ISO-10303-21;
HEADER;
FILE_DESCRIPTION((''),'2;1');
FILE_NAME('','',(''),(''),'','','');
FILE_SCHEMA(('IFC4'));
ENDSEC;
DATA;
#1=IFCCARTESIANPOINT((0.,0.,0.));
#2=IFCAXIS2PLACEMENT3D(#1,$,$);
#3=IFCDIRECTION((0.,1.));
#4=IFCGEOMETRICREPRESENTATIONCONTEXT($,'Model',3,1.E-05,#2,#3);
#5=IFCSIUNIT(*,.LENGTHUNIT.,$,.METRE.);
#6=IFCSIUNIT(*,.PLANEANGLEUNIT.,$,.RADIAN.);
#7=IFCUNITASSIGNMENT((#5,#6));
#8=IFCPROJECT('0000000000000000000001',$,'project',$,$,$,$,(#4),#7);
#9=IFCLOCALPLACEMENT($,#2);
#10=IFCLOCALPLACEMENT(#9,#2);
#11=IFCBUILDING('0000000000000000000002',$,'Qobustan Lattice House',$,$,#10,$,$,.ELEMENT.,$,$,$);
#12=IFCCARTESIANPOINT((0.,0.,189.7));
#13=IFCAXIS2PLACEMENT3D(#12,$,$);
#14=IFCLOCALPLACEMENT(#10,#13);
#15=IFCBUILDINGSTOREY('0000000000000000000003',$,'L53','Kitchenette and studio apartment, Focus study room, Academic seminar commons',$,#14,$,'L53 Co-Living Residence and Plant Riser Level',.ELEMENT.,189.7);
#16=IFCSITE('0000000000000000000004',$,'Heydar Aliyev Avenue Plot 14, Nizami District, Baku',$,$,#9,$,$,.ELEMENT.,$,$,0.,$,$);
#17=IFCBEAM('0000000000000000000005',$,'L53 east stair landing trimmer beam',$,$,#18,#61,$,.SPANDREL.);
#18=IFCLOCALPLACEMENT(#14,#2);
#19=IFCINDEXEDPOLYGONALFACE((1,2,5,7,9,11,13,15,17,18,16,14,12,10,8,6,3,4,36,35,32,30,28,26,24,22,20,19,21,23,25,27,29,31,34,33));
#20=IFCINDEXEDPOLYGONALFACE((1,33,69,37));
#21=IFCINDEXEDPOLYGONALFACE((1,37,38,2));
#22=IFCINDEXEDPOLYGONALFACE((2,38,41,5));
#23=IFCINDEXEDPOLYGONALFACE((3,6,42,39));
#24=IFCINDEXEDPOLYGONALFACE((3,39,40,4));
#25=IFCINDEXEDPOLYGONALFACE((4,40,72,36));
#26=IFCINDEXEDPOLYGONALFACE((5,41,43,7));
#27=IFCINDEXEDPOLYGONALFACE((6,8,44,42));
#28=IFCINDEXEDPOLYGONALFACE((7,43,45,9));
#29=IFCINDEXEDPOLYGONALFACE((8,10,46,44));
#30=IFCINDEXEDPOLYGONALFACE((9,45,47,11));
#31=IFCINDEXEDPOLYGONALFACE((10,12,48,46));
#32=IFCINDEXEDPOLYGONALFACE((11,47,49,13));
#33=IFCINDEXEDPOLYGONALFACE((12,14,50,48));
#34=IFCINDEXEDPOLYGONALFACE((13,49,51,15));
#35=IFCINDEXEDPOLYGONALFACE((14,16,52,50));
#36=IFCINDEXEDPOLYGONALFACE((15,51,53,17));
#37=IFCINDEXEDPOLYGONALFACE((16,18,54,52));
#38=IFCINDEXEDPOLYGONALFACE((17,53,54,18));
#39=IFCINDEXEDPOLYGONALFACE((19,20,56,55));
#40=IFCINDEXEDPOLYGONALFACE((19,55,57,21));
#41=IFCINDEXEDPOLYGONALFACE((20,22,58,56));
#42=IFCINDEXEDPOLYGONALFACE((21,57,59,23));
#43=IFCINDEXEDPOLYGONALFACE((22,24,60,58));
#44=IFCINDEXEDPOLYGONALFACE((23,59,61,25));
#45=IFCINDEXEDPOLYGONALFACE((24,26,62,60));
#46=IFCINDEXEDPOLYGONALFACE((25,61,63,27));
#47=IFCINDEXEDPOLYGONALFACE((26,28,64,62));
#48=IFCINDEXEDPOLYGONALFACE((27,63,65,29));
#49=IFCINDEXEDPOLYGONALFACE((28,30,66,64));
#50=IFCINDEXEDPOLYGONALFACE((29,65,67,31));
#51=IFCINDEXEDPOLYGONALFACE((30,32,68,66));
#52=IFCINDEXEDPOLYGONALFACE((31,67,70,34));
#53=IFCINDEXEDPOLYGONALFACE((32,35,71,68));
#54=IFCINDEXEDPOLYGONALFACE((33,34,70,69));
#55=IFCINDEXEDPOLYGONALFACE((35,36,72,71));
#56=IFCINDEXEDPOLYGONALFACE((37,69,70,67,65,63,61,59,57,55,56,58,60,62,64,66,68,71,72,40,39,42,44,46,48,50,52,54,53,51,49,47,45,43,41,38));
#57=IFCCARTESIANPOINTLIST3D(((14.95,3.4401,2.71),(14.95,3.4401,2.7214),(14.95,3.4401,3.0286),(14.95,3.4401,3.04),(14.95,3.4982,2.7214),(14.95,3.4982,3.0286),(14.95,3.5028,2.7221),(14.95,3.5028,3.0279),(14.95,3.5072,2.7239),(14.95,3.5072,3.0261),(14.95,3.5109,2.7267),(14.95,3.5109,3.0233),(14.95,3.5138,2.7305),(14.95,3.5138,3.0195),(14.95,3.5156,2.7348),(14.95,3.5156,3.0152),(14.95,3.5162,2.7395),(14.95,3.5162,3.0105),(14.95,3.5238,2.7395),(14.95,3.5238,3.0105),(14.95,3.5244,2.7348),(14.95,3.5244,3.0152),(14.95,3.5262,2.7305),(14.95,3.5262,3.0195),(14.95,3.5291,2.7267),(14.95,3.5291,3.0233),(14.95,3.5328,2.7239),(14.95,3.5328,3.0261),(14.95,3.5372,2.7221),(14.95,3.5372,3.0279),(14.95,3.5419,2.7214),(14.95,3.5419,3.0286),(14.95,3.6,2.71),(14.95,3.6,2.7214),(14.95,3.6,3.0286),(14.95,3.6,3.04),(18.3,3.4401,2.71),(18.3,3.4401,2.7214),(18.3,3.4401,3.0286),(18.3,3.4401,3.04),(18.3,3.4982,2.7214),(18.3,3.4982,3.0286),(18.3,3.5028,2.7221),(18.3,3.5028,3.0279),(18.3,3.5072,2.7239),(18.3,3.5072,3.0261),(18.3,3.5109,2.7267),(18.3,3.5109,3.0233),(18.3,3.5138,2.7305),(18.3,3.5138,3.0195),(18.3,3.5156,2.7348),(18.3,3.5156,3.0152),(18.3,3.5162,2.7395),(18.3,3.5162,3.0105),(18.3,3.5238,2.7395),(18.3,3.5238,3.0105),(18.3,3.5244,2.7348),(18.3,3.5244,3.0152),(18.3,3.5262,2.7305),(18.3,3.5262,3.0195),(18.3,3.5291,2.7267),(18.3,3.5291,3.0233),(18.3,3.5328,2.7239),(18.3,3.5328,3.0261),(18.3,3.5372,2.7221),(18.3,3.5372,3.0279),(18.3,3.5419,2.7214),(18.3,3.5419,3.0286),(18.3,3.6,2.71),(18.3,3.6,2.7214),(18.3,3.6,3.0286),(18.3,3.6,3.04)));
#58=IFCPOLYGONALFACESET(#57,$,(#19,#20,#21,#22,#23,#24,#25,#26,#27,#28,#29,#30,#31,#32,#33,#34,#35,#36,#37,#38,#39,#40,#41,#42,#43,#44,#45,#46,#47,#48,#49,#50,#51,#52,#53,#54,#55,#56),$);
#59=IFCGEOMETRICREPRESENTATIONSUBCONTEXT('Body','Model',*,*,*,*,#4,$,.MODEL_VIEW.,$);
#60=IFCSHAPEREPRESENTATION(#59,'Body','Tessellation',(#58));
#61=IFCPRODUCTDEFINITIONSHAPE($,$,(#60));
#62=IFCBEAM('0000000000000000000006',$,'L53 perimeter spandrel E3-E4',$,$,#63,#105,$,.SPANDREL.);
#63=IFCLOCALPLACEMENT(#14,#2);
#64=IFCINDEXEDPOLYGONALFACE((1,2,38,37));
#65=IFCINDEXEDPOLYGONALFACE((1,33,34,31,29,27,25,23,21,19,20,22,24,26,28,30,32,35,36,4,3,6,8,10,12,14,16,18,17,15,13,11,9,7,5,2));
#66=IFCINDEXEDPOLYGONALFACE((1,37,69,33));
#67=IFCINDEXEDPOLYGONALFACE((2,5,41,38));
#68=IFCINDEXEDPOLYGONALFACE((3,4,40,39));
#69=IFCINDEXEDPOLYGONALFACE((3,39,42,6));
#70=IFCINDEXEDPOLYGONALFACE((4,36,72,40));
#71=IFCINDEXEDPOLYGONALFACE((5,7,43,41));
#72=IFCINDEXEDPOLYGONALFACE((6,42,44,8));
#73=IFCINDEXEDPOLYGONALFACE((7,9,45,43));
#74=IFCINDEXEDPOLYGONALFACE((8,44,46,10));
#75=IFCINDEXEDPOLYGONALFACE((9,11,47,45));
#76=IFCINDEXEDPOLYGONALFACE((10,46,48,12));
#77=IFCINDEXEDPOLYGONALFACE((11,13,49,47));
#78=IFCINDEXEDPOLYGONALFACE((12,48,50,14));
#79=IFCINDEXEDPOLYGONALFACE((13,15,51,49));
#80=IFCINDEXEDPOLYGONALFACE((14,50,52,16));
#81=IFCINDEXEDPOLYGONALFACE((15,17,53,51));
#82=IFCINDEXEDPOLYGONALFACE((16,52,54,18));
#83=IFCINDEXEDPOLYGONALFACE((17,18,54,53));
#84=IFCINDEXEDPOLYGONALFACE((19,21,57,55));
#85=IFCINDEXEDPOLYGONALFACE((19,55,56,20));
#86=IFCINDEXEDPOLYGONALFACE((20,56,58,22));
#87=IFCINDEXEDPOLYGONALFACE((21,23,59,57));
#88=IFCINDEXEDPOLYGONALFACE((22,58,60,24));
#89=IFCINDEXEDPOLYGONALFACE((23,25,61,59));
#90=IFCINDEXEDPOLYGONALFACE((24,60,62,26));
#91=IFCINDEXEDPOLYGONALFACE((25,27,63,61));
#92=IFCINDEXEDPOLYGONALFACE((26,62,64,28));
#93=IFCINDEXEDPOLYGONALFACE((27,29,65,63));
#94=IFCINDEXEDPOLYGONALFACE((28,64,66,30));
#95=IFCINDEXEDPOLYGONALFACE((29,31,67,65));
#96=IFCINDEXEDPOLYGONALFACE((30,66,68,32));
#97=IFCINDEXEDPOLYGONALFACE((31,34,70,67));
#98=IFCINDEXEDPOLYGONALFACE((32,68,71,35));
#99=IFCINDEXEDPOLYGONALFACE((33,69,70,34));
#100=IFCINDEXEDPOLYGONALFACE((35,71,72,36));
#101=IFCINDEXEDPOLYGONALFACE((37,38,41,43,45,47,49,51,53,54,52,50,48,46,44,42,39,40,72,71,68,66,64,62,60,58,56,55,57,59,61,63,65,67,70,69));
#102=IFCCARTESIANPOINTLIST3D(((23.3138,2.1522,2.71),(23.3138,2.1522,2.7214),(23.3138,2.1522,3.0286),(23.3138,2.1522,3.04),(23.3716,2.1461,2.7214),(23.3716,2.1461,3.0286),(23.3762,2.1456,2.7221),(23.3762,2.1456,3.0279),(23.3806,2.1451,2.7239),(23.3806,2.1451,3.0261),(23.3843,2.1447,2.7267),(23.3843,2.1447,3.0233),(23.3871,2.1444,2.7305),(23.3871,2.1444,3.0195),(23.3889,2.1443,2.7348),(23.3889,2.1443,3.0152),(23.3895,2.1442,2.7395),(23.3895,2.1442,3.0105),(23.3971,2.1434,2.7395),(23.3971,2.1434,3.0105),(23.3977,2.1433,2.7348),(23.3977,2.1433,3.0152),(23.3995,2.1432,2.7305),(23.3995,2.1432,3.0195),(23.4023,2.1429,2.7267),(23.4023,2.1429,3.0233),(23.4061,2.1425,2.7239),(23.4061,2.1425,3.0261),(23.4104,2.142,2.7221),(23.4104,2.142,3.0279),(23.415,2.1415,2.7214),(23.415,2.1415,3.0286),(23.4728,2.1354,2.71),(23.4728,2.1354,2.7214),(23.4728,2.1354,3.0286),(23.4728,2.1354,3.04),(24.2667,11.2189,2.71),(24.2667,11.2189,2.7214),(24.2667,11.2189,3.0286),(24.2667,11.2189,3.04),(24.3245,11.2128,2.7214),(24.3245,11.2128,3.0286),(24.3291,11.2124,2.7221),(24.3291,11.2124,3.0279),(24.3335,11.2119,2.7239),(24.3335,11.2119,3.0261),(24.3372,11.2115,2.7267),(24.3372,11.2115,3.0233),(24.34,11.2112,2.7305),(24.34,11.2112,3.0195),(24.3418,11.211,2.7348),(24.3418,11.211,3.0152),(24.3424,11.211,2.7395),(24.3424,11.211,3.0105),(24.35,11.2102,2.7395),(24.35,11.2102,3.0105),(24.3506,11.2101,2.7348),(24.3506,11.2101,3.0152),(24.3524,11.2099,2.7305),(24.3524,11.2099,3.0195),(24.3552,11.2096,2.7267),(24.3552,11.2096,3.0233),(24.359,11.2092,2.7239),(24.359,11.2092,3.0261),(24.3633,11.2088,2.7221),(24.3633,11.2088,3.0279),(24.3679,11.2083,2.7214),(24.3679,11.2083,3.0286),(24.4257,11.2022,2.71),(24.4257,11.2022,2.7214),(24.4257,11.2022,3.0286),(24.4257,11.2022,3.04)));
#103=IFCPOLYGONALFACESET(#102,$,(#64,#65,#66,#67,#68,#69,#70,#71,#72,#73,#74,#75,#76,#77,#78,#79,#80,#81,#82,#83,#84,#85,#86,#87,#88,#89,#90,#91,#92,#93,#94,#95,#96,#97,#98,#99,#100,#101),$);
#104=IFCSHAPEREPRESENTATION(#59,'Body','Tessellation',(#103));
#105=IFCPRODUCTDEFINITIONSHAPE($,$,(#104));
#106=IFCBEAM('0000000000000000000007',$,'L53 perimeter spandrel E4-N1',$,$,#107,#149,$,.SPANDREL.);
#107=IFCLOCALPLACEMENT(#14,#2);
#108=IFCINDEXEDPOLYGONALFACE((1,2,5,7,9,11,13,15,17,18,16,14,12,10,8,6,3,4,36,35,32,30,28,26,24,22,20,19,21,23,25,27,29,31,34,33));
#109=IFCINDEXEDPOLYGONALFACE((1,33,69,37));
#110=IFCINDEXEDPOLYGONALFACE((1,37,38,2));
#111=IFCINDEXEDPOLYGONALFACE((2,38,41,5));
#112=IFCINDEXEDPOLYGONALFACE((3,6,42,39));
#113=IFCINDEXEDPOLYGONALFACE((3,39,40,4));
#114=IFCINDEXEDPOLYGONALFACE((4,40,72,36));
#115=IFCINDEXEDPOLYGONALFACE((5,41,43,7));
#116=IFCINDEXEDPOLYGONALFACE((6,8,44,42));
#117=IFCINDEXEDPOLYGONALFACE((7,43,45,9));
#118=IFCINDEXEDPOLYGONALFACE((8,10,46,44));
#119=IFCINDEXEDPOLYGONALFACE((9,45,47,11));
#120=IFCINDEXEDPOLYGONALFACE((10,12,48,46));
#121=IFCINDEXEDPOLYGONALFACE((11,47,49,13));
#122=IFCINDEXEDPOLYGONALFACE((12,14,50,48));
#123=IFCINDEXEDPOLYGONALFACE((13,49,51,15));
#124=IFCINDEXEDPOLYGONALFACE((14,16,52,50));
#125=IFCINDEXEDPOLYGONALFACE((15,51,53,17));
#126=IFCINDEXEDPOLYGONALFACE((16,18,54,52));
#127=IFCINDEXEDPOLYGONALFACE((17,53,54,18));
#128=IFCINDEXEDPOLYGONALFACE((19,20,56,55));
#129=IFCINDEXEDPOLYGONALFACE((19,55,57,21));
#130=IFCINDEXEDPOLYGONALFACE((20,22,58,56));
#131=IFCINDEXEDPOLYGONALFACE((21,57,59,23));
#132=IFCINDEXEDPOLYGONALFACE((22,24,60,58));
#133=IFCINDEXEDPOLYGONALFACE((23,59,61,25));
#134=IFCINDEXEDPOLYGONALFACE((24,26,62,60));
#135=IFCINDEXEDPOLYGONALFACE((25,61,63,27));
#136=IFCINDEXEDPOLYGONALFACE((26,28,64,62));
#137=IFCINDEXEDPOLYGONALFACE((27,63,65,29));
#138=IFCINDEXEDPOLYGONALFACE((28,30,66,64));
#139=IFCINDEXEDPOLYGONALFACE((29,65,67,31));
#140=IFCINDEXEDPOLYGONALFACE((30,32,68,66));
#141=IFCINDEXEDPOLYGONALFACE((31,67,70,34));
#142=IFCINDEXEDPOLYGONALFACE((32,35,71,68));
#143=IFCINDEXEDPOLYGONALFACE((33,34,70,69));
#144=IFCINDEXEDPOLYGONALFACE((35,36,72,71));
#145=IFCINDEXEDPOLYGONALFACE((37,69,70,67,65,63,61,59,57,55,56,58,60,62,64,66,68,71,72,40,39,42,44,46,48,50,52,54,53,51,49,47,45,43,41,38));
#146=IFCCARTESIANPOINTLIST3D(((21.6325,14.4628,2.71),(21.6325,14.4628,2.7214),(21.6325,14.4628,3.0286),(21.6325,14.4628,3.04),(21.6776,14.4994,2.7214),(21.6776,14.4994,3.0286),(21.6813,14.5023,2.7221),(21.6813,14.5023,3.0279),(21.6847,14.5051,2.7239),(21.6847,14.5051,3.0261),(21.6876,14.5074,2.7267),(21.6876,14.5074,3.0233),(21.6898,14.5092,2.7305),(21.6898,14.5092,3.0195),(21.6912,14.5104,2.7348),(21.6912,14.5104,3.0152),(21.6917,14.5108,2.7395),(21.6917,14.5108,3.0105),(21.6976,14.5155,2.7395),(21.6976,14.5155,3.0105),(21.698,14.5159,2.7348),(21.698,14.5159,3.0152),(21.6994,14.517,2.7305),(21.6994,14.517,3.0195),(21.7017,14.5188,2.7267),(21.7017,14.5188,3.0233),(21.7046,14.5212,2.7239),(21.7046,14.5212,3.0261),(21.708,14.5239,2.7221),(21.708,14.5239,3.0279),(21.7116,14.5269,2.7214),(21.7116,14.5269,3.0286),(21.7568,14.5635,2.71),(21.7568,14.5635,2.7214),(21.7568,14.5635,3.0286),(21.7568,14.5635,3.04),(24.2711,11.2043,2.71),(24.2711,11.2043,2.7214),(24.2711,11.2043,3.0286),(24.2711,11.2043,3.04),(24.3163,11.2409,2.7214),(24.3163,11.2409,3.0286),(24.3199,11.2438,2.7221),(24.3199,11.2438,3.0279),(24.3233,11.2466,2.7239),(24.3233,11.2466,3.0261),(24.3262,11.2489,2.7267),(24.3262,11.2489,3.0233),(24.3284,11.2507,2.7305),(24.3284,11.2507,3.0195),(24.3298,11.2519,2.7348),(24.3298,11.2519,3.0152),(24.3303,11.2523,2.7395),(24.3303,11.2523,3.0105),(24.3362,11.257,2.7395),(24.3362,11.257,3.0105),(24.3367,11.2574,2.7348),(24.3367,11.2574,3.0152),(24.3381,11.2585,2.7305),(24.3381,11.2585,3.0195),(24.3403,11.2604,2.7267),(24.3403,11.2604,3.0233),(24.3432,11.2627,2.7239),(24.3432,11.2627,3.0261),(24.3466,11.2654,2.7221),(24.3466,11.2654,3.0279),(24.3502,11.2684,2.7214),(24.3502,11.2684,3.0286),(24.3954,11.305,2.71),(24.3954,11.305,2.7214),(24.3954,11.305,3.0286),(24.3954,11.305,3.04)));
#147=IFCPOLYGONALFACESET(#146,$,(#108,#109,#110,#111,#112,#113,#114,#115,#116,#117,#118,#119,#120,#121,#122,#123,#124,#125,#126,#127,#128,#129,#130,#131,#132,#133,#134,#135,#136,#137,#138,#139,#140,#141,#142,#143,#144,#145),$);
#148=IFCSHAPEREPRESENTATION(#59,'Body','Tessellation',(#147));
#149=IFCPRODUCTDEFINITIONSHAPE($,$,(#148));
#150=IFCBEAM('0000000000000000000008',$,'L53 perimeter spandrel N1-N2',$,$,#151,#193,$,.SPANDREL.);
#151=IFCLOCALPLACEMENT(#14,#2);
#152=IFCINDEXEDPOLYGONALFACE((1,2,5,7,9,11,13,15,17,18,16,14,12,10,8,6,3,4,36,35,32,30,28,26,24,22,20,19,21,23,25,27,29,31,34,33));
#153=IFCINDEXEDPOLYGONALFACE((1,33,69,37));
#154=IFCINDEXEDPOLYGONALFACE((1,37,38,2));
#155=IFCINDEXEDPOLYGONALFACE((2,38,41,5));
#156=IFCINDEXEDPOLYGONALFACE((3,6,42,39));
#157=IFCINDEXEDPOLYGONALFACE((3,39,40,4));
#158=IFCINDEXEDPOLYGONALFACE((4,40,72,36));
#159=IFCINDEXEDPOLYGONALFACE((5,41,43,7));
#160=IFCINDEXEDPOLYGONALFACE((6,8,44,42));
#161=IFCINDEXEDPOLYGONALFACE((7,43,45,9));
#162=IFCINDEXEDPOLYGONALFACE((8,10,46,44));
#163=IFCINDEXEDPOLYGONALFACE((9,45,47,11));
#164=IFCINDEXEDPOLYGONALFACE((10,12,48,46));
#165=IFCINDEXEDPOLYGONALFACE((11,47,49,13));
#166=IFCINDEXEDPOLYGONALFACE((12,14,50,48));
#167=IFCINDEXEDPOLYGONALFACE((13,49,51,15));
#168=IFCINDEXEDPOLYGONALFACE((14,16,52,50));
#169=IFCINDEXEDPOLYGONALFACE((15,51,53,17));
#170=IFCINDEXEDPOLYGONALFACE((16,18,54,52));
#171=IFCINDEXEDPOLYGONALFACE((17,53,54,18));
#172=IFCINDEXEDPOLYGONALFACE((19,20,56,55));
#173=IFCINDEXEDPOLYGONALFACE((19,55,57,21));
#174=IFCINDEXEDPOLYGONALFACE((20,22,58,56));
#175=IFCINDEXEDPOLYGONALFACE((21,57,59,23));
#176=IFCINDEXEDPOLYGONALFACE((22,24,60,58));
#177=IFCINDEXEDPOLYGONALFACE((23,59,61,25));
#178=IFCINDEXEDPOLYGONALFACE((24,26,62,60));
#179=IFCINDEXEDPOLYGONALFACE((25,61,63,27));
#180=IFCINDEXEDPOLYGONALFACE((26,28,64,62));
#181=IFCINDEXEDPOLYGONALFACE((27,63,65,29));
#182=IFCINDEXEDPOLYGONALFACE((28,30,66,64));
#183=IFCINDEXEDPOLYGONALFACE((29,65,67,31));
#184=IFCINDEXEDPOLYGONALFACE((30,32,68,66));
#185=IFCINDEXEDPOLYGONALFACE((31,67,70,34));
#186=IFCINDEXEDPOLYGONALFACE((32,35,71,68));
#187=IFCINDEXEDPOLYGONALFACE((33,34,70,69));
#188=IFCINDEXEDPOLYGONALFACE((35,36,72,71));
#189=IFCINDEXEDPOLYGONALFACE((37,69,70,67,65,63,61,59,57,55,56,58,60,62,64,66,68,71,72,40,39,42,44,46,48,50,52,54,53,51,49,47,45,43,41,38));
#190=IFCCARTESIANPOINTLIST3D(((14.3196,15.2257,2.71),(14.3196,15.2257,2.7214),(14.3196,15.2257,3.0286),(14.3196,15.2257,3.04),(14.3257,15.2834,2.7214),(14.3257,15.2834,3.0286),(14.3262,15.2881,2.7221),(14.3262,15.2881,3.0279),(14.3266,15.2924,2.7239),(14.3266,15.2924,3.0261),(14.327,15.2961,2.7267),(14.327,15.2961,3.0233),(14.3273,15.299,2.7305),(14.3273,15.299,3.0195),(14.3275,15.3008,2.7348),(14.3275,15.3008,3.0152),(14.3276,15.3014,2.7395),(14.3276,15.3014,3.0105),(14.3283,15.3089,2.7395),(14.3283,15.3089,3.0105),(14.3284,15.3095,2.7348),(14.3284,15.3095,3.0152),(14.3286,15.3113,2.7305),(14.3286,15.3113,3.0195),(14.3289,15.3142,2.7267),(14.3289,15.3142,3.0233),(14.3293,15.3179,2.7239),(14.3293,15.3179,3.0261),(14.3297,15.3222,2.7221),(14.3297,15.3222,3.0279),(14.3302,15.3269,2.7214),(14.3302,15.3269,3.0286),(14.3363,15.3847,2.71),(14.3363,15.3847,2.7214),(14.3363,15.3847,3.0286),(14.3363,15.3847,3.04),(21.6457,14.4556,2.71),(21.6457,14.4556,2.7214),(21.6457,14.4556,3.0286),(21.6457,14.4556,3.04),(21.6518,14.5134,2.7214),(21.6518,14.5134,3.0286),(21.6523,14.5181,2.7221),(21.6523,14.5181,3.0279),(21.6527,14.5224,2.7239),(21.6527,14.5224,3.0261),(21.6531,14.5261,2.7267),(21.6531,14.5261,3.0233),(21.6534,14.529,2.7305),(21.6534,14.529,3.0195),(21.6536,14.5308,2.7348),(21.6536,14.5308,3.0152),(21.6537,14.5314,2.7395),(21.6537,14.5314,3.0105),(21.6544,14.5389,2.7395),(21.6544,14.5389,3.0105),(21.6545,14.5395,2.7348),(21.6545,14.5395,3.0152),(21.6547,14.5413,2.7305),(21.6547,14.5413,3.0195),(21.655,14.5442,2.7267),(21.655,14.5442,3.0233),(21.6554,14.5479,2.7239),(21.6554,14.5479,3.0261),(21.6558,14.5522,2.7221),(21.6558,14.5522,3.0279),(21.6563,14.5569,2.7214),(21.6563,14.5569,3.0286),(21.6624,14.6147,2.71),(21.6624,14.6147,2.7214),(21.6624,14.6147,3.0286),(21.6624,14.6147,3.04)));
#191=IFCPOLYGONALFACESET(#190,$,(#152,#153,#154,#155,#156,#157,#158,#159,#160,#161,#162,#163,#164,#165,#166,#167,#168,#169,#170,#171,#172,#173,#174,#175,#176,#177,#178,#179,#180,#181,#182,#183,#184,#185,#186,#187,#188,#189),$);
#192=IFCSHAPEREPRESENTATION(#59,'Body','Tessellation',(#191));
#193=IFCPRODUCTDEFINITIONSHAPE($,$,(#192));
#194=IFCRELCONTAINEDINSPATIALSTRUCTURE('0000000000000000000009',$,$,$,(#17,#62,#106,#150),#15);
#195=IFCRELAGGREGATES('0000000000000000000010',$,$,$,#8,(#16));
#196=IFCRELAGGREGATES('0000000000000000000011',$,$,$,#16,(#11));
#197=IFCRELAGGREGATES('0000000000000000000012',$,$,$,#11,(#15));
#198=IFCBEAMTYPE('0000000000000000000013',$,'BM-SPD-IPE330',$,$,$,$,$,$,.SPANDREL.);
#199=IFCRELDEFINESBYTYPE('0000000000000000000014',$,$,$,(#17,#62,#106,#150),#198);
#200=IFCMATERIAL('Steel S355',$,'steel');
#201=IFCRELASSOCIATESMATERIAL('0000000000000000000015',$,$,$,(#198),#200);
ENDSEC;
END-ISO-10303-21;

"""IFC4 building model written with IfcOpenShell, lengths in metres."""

from ifc_helpers import new_model, si_unit, direction, frame, origin, origin_2d, place, context, subcontext, project, spatial, i_section, extrude, material, material_profile, profile_set, type_object, element, save


model = new_model("IFC4")

# Units and contexts
model_context = context("Model", 3, precision=1e-05, world=origin(), true_north=direction((0.0, 1.0)))
body_context = subcontext(model_context, "Body", "Model", "MODEL_VIEW")
ifc_project = project(units=[si_unit("LENGTHUNIT", "METRE"), si_unit("PLANEANGLEUNIT", "RADIAN")], contexts=[model_context])

# Site, building, storey
site_placement = place(None, origin())
site = spatial("IfcSite", under=ifc_project, at=site_placement, Name="Heydar Aliyev Avenue Plot 14, Nizami District, Baku", CompositionType="ELEMENT", RefElevation=0.0)
building_placement = place(site_placement, origin())
building = spatial("IfcBuilding", under=site, at=building_placement, Name="Qobustan Lattice House", CompositionType="ELEMENT")
storey_placement = place(building_placement, frame((0.0, 0.0, 189.7)))
storey = spatial("IfcBuildingStorey", under=building, at=storey_placement, Name="L53", Description="Kitchenette and studio apartment, Focus study room, Academic seminar commons", LongName="L53 Co-Living Residence and Plant Riser Level", CompositionType="ELEMENT", Elevation=189.7)

# Beams
ifc_material_1 = material(Name="Steel S355", Category="steel")
ifc_material_profile_1 = material_profile(ifc_material_1, i_section(OverallWidth=0.1599, OverallDepth=0.3301, WebThickness=0.0076, FlangeThickness=0.0115, FilletRadius=0.0181, at=origin_2d()), Name="IPE330")
ifc_profile_set_1 = profile_set([ifc_material_profile_1], Name="Steel S355")
beam_type_1 = type_object("IfcBeamType", Name="BM-SPD-IPE330", PredefinedType="SPANDREL", material=ifc_profile_set_1)
beam_1_placement = place(storey_placement, frame((14.95, 3.52, 2.875), z_axis=(1.0, 0.0, 0.0), x_axis=(0.0, 1.0, 0.0)))
element("IfcBeam", 1, at=beam_1_placement, inside=storey, type_object=beam_type_1, Name="L53 east stair landing trimmer beam", PredefinedType="SPANDREL", context=body_context, shape_type="SweptSolid", body=[
    extrude(i_section(OverallWidth=0.1599, OverallDepth=0.3301, WebThickness=0.0076, FlangeThickness=0.0115, FilletRadius=0.0181, at=origin_2d()), origin(), (0.0, 0.0, 1.0), 3.3501),
])
beam_2_placement = place(storey_placement, frame((23.3933, 2.1438, 2.875), z_axis=(0.104522, 0.994523, 0.0), x_axis=(-0.994523, 0.104522, 0.0)))
element("IfcBeam", 2, at=beam_2_placement, inside=storey, type_object=beam_type_1, Name="L53 perimeter spandrel E3-E4", PredefinedType="SPANDREL", context=body_context, shape_type="SweptSolid", body=[
    extrude(i_section(OverallWidth=0.1599, OverallDepth=0.3301, WebThickness=0.0076, FlangeThickness=0.0115, FilletRadius=0.0181, at=origin_2d()), origin(), (0.0, 0.0, 1.0), 9.1167),
])
beam_3_placement = place(storey_placement, frame((24.3333, 11.2546, 2.875), z_axis=(-0.629314, 0.777151, 0.0), x_axis=(-0.777151, -0.629314, 0.0)))
element("IfcBeam", 3, at=beam_3_placement, inside=storey, type_object=beam_type_1, Name="L53 perimeter spandrel E4-N1", PredefinedType="SPANDREL", context=body_context, shape_type="SweptSolid", body=[
    extrude(i_section(OverallWidth=0.1599, OverallDepth=0.3301, WebThickness=0.0076, FlangeThickness=0.0115, FilletRadius=0.0181, at=origin_2d()), origin(), (0.0, 0.0, 1.0), 4.1929),
])
beam_4_placement = place(storey_placement, frame((21.6541, 14.5352, 2.875), z_axis=(-0.994522, 0.10453, 0.0), x_axis=(-0.10453, -0.994522, 0.0)))
element("IfcBeam", 4, at=beam_4_placement, inside=storey, type_object=beam_type_1, Name="L53 perimeter spandrel N1-N2", PredefinedType="SPANDREL", context=body_context, shape_type="SweptSolid", body=[
    extrude(i_section(OverallWidth=0.1599, OverallDepth=0.3301, WebThickness=0.0076, FlangeThickness=0.0115, FilletRadius=0.0181, at=origin_2d()), origin(), (0.0, 0.0, 1.0), 7.3665),
])

save(model, "model.ifc")
